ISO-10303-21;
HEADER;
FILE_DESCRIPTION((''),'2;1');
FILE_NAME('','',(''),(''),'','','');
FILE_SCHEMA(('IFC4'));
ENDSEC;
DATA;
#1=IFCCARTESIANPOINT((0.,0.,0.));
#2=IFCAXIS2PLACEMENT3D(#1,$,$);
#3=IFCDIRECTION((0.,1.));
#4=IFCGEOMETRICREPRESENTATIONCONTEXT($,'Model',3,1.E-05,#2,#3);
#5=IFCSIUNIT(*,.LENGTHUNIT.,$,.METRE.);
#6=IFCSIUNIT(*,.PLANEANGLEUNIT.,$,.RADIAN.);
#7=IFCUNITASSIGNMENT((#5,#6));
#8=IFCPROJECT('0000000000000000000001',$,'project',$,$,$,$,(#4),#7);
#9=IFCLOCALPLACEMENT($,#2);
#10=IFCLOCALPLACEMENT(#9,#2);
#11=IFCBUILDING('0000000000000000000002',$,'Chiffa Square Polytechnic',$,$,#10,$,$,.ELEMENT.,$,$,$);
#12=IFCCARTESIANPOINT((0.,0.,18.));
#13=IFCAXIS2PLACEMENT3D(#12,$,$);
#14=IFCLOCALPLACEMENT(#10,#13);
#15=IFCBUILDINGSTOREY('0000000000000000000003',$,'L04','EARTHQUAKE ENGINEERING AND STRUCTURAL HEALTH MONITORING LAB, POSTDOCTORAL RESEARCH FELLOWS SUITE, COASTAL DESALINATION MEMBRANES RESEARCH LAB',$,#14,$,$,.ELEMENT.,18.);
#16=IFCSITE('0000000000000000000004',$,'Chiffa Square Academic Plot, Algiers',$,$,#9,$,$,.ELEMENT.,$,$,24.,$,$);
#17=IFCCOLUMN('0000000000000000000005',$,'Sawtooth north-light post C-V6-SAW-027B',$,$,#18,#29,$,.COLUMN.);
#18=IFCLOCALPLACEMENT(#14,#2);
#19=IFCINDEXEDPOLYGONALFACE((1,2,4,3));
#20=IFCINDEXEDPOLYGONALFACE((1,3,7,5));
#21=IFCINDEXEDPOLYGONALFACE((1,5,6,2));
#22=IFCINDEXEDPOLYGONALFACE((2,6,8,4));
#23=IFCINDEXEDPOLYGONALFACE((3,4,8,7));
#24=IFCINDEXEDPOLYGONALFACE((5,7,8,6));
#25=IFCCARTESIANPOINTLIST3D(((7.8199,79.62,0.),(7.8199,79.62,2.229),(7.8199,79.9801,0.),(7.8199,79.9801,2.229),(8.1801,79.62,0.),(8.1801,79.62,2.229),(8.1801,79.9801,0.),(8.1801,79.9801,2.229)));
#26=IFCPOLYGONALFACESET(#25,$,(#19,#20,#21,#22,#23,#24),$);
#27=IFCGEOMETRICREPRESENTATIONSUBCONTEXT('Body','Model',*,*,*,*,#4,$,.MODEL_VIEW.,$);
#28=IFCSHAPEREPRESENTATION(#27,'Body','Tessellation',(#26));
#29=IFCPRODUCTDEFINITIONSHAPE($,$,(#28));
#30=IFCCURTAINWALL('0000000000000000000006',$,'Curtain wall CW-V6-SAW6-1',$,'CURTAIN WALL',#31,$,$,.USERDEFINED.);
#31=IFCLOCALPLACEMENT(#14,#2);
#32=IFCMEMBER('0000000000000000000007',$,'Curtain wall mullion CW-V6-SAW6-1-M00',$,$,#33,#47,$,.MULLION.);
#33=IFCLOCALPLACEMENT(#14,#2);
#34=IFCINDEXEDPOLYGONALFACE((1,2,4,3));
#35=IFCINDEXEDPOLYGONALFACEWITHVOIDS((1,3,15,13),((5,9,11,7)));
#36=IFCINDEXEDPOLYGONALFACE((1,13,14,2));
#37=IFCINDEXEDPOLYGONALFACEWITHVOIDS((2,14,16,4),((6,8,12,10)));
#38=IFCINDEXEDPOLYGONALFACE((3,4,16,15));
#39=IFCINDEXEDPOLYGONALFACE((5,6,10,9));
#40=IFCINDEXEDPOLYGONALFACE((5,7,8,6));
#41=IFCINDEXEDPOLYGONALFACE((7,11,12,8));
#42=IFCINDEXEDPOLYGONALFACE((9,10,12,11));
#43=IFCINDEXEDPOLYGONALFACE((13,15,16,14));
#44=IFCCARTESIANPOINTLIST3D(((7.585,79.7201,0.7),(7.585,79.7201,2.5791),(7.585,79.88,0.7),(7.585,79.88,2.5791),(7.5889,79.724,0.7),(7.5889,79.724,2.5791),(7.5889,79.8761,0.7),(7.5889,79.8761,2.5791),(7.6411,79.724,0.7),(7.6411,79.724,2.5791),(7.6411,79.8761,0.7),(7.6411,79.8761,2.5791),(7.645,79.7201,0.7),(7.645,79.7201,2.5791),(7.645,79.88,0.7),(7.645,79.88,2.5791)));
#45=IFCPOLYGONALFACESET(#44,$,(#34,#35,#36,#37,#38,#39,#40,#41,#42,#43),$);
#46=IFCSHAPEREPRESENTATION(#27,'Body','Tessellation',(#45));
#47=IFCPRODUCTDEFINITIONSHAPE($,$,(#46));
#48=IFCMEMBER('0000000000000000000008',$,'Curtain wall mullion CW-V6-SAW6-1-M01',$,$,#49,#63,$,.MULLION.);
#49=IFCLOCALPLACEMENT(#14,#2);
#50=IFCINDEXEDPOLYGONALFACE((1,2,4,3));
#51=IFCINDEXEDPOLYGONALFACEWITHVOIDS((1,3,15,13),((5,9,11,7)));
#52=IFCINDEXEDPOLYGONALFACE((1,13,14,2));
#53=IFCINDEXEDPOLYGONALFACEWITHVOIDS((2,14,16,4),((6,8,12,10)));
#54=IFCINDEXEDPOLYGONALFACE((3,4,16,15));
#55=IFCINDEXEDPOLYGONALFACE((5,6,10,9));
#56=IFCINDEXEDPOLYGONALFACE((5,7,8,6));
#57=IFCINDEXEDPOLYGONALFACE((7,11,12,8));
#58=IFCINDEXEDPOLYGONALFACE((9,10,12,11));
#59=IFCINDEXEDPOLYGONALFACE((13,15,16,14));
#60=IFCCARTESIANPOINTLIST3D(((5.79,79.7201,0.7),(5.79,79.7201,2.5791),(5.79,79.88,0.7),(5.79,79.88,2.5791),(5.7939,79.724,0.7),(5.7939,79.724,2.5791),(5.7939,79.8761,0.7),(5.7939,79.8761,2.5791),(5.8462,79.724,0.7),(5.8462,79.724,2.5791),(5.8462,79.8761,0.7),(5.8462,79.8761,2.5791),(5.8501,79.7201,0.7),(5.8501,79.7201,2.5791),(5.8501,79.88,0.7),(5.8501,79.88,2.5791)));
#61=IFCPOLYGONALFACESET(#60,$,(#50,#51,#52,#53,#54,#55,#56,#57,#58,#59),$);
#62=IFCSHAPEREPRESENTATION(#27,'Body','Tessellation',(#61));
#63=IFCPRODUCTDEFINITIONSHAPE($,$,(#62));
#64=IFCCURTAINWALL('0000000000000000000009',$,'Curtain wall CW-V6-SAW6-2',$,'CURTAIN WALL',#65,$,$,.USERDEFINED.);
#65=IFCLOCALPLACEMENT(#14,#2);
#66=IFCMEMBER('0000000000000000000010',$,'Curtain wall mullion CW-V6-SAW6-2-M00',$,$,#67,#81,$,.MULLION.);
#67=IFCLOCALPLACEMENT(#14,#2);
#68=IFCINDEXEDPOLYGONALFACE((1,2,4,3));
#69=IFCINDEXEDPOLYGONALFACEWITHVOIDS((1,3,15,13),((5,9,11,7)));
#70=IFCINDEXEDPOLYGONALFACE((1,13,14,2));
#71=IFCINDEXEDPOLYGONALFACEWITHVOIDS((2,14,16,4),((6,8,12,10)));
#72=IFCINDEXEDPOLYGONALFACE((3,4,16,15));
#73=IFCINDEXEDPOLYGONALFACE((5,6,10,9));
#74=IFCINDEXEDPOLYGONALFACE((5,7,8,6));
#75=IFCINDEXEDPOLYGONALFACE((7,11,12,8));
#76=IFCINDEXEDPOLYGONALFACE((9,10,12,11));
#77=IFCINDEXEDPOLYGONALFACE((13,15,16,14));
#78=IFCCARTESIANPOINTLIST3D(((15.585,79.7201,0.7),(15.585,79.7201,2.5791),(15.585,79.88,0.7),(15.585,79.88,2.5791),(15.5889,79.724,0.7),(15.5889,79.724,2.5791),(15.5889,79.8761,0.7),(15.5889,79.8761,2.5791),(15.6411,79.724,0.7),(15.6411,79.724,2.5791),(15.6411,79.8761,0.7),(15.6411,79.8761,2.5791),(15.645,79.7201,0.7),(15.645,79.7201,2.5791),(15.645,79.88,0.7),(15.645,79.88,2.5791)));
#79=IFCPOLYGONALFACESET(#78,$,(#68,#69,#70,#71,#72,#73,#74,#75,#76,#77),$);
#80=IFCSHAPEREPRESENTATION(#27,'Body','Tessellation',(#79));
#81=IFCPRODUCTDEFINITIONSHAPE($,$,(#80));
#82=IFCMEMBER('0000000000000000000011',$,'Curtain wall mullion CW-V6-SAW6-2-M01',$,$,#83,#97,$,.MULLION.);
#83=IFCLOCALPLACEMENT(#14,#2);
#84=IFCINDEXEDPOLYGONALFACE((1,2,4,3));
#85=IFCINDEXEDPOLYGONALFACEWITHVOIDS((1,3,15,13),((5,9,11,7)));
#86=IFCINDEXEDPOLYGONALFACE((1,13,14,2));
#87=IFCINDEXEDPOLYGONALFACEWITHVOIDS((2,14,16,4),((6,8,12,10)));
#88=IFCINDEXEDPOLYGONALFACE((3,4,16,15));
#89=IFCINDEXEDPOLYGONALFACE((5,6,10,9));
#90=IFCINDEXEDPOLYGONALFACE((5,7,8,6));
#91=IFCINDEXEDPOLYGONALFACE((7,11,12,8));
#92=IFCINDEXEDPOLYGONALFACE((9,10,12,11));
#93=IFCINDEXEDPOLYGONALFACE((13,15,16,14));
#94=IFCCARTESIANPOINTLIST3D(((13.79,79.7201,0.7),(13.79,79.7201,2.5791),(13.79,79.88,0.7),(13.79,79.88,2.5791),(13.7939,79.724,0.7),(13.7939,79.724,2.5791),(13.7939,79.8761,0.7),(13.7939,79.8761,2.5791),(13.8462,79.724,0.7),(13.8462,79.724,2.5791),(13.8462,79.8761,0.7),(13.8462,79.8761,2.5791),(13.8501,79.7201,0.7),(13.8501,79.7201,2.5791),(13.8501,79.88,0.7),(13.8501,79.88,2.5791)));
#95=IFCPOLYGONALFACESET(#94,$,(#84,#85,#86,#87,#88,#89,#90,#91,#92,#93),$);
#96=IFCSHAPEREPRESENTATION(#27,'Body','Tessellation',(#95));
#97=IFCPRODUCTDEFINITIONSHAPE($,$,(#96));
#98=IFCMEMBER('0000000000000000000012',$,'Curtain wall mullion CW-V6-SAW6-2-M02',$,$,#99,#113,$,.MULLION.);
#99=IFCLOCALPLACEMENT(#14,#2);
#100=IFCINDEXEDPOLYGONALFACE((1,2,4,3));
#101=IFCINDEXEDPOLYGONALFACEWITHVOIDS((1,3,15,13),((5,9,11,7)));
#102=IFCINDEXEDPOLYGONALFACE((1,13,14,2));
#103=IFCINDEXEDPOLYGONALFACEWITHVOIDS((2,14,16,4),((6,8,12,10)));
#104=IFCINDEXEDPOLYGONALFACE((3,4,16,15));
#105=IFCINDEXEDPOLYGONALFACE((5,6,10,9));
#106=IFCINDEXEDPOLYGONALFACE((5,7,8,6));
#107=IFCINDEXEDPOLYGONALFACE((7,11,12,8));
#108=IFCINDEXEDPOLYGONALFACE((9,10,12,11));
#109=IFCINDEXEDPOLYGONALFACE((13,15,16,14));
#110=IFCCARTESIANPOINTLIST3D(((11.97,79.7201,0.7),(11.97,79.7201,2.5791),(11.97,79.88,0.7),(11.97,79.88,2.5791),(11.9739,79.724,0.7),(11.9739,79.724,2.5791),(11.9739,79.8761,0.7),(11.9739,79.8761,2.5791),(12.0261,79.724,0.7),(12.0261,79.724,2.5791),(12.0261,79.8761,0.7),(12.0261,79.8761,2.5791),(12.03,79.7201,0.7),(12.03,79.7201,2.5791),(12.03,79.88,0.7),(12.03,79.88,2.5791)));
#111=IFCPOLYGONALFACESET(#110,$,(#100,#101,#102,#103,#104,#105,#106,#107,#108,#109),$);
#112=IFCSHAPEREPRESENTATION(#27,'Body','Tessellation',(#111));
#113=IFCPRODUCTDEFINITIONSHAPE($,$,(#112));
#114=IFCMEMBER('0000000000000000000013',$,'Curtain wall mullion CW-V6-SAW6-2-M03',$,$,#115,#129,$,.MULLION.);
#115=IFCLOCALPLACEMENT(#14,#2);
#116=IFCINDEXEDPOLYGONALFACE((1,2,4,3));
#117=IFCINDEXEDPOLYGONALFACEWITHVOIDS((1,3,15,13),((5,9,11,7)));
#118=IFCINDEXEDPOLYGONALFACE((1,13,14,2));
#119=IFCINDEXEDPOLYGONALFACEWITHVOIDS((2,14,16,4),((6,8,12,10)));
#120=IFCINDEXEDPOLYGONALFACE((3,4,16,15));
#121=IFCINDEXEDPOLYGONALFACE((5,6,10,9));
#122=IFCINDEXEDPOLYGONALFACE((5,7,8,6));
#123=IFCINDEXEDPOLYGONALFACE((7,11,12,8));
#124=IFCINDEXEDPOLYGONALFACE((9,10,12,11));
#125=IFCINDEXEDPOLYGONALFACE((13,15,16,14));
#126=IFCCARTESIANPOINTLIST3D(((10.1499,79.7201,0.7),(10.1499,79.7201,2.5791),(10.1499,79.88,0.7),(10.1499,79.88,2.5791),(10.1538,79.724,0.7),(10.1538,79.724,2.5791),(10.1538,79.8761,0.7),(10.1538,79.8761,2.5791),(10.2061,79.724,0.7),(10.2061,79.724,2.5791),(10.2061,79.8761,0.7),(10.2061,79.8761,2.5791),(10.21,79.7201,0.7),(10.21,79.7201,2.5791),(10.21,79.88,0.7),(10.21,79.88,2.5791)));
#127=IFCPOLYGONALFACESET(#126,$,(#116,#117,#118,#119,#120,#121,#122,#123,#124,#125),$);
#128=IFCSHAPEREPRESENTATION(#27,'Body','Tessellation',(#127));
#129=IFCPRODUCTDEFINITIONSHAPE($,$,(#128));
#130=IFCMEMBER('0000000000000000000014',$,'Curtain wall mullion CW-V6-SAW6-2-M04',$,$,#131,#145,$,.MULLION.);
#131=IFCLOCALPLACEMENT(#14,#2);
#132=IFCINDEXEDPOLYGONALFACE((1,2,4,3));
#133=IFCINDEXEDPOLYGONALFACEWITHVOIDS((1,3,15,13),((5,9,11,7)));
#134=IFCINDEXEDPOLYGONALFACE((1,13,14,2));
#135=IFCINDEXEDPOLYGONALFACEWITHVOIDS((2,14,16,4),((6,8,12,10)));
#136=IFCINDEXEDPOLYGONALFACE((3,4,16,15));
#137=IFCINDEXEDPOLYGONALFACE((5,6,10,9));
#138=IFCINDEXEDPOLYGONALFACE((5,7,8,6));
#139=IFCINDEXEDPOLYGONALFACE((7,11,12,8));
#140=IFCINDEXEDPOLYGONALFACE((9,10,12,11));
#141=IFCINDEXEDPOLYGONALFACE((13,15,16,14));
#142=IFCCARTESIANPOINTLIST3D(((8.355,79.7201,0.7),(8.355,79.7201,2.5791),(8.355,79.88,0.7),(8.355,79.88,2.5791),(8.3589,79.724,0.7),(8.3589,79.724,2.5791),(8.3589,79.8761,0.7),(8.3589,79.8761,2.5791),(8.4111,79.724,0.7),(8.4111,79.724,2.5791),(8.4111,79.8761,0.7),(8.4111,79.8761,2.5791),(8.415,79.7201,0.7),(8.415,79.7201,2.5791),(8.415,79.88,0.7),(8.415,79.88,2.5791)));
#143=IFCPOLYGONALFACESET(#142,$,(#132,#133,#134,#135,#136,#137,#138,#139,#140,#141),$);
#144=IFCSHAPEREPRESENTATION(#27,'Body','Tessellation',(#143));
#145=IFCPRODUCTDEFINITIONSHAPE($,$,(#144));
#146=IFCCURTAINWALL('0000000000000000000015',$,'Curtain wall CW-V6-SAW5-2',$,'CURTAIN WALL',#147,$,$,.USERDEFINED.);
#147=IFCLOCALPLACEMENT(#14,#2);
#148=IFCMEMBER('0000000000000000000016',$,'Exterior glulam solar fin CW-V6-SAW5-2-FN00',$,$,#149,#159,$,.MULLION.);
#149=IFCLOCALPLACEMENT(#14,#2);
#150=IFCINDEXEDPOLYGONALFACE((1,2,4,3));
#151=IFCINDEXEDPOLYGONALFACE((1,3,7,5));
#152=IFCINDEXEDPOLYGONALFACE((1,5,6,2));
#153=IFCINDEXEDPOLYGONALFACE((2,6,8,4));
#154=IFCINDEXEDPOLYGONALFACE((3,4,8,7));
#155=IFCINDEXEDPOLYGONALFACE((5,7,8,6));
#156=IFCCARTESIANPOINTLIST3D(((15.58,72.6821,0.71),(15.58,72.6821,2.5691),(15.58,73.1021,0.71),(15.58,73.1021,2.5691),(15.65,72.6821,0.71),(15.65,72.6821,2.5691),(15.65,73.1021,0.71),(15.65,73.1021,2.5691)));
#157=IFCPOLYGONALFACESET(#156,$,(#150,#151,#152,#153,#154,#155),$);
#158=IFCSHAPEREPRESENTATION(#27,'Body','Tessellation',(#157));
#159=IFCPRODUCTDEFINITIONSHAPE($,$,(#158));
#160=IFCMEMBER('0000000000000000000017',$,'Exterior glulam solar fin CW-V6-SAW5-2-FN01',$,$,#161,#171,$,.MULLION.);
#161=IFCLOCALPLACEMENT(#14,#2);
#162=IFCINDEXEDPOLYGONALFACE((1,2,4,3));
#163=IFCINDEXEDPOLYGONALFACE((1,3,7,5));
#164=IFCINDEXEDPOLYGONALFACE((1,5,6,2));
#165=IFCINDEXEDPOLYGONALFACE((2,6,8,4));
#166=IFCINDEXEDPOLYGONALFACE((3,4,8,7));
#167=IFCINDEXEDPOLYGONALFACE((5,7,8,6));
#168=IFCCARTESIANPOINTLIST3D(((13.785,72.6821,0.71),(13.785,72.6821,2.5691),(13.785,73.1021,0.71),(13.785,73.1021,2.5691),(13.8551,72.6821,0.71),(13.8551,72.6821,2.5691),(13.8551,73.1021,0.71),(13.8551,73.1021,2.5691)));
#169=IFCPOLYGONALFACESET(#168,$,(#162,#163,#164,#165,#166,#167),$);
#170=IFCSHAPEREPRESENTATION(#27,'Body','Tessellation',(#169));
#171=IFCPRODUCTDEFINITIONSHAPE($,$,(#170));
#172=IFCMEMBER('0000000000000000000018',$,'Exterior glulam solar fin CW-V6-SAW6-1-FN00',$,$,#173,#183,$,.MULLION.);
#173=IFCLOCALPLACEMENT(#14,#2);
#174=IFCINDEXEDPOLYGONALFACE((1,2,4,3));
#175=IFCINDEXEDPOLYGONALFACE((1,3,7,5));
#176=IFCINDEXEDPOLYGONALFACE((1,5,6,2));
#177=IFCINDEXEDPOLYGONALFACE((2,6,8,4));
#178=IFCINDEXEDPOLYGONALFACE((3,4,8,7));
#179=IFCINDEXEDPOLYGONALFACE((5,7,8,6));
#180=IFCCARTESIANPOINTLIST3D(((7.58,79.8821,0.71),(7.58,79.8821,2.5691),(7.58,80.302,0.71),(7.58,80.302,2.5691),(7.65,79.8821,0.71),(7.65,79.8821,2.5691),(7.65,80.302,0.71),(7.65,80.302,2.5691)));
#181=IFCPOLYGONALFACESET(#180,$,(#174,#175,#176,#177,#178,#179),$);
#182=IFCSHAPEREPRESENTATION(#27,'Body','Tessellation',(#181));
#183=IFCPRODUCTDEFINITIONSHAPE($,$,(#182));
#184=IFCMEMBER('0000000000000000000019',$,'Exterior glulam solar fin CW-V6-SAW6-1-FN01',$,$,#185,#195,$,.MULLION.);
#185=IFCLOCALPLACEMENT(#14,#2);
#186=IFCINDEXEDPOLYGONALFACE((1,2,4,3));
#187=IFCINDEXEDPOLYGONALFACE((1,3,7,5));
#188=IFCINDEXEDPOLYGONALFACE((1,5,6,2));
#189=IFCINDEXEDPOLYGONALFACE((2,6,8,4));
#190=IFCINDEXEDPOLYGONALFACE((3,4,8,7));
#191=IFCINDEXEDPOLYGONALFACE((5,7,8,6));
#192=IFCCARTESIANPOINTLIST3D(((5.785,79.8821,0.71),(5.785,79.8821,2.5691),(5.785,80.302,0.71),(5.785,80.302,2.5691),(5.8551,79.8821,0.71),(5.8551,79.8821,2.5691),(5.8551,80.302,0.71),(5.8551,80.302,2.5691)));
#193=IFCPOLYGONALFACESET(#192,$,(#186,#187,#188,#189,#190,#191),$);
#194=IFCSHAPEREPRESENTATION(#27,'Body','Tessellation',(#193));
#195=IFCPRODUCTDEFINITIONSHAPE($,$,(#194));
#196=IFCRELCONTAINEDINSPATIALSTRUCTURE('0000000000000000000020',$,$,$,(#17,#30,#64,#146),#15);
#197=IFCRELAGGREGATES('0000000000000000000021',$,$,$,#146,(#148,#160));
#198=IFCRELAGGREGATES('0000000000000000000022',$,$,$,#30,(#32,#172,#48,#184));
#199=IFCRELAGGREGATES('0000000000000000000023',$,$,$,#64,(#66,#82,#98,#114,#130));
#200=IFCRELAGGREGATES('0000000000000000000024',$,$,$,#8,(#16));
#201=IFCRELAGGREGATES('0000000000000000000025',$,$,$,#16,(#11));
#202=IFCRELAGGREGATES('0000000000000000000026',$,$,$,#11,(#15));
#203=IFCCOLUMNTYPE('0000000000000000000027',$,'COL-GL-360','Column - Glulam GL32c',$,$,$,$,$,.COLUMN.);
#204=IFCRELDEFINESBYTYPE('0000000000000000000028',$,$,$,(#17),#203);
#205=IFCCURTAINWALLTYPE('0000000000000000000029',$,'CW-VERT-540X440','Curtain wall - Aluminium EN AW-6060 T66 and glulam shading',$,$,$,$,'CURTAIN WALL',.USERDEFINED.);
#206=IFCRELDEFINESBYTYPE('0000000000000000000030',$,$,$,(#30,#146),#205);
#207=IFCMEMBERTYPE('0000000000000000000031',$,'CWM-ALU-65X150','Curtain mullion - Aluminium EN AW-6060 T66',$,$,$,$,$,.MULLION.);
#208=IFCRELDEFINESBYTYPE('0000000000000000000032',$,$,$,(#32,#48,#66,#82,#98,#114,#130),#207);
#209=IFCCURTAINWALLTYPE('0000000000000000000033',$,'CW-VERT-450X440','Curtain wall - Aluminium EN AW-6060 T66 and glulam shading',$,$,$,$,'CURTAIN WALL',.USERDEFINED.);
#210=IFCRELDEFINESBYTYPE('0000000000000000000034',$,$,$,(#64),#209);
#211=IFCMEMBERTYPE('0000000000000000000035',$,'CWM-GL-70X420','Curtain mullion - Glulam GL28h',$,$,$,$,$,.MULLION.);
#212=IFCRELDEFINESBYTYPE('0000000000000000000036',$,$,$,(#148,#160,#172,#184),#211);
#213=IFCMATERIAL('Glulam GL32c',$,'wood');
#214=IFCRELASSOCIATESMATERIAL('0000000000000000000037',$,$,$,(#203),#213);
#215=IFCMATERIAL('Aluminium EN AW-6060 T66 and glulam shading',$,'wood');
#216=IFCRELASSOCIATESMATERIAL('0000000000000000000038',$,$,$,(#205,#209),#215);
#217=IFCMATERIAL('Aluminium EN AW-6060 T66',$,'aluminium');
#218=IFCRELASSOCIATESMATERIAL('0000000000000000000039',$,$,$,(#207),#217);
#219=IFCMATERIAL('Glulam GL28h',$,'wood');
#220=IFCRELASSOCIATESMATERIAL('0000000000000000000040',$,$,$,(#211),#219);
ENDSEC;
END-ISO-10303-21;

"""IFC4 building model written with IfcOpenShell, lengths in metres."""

from ifc_helpers import new_model, si_unit, direction, frame, origin, origin_2d, place, context, subcontext, project, spatial, rectangle, hollow_rectangle, extrude, material, material_profile, profile_set, type_object, element, aggregate, save


model = new_model("IFC4")

# Units and contexts
model_context = context("Model", 3, precision=1e-05, world=origin(), true_north=direction((0.0, 1.0)))
body_context = subcontext(model_context, "Body", "Model", "MODEL_VIEW")
ifc_project = project(units=[si_unit("LENGTHUNIT", "METRE"), si_unit("PLANEANGLEUNIT", "RADIAN")], contexts=[model_context])

# Site, building, storey
site_placement = place(None, origin())
site = spatial("IfcSite", under=ifc_project, at=site_placement, Name="Chiffa Square Academic Plot, Algiers", CompositionType="ELEMENT", RefElevation=24.0)
building_placement = place(site_placement, origin())
building = spatial("IfcBuilding", under=site, at=building_placement, Name="Chiffa Square Polytechnic", CompositionType="ELEMENT")
storey_placement = place(building_placement, frame((0.0, 0.0, 18.0)))
storey = spatial("IfcBuildingStorey", under=building, at=storey_placement, Name="L04", Description="EARTHQUAKE ENGINEERING AND STRUCTURAL HEALTH MONITORING LAB, POSTDOCTORAL RESEARCH FELLOWS SUITE, COASTAL DESALINATION MEMBRANES RESEARCH LAB", CompositionType="ELEMENT", Elevation=18.0)

# Column
ifc_material_1 = material(Name="Glulam GL32c", Category="wood")
ifc_material_profile_1 = material_profile(ifc_material_1, rectangle(XDim=0.3601, YDim=0.3601, at=origin_2d()), Name="GL32c 360x360")
ifc_profile_set_1 = profile_set([ifc_material_profile_1], Name="Glulam GL32c")
column_type = type_object("IfcColumnType", Name="COL-GL-360", Description="Column - Glulam GL32c", PredefinedType="COLUMN", material=ifc_profile_set_1)
column_placement = place(storey_placement, frame((8.0, 79.8, 0.0), z_axis=(0.0, 0.0, 1.0), x_axis=(1.0, 0.0, 0.0)))
element("IfcColumn", 1, at=column_placement, inside=storey, type_object=column_type, Name="Sawtooth north-light post C-V6-SAW-027B", PredefinedType="COLUMN", context=body_context, shape_type="SweptSolid", body=[
    extrude(rectangle(XDim=0.3601, YDim=0.3601, at=origin_2d()), origin(), (0.0, 0.0, 1.0), 2.229),
])

# Curtain walls, members
ifc_material_2 = material(Name="Aluminium EN AW-6060 T66 and glulam shading", Category="wood")
curtain_wall_type_1 = type_object("IfcCurtainWallType", Name="CW-VERT-540X440", Description="Curtain wall - Aluminium EN AW-6060 T66 and glulam shading", ElementType="CURTAIN WALL", PredefinedType="USERDEFINED", material=ifc_material_2)
curtain_wall_1_placement = place(storey_placement, origin())
curtain_wall_1 = element("IfcCurtainWall", 2, at=curtain_wall_1_placement, inside=storey, type_object=curtain_wall_type_1, Name="Curtain wall CW-V6-SAW6-1", ObjectType="CURTAIN WALL", PredefinedType="USERDEFINED")
ifc_material_3 = material(Name="Aluminium EN AW-6060 T66", Category="aluminium")
ifc_material_profile_2 = material_profile(ifc_material_3, hollow_rectangle(XDim=0.0601, YDim=0.1599, WallThickness=0.0039, at=origin_2d()), Name="ALU 60x160x4")
ifc_profile_set_2 = profile_set([ifc_material_profile_2], Name="Aluminium EN AW-6060 T66")
member_type_1 = type_object("IfcMemberType", Name="CWM-ALU-65X150", Description="Curtain mullion - Aluminium EN AW-6060 T66", PredefinedType="MULLION", material=ifc_profile_set_2)
member_1_placement = place(storey_placement, frame((7.615, 79.8, 0.7), z_axis=(0.0, 0.0, 1.0), x_axis=(1.0, 0.0, 0.0)))
member_1 = element("IfcMember", 3, at=member_1_placement, type_object=member_type_1, Name="Curtain wall mullion CW-V6-SAW6-1-M00", PredefinedType="MULLION", context=body_context, shape_type="SweptSolid", body=[
    extrude(hollow_rectangle(XDim=0.0601, YDim=0.1599, WallThickness=0.0039, at=origin_2d()), origin(), (0.0, 0.0, 1.0), 1.8792),
])
member_2_placement = place(storey_placement, frame((5.8201, 79.8, 0.7), z_axis=(0.0, 0.0, 1.0), x_axis=(1.0, 0.0, 0.0)))
member_2 = element("IfcMember", 4, at=member_2_placement, type_object=member_type_1, Name="Curtain wall mullion CW-V6-SAW6-1-M01", PredefinedType="MULLION", context=body_context, shape_type="SweptSolid", body=[
    extrude(hollow_rectangle(XDim=0.0601, YDim=0.1599, WallThickness=0.0039, at=origin_2d()), origin(), (0.0, 0.0, 1.0), 1.8792),
])
curtain_wall_type_2 = type_object("IfcCurtainWallType", Name="CW-VERT-450X440", Description="Curtain wall - Aluminium EN AW-6060 T66 and glulam shading", ElementType="CURTAIN WALL", PredefinedType="USERDEFINED", material=ifc_material_2)
curtain_wall_2_placement = place(storey_placement, origin())
curtain_wall_2 = element("IfcCurtainWall", 5, at=curtain_wall_2_placement, inside=storey, type_object=curtain_wall_type_2, Name="Curtain wall CW-V6-SAW6-2", ObjectType="CURTAIN WALL", PredefinedType="USERDEFINED")
member_3_placement = place(storey_placement, frame((15.615, 79.8, 0.7), z_axis=(0.0, 0.0, 1.0), x_axis=(1.0, 0.0, 0.0)))
member_3 = element("IfcMember", 6, at=member_3_placement, type_object=member_type_1, Name="Curtain wall mullion CW-V6-SAW6-2-M00", PredefinedType="MULLION", context=body_context, shape_type="SweptSolid", body=[
    extrude(hollow_rectangle(XDim=0.0601, YDim=0.1599, WallThickness=0.0039, at=origin_2d()), origin(), (0.0, 0.0, 1.0), 1.8792),
])
member_4_placement = place(storey_placement, frame((13.8201, 79.8, 0.7), z_axis=(0.0, 0.0, 1.0), x_axis=(1.0, 0.0, 0.0)))
member_4 = element("IfcMember", 7, at=member_4_placement, type_object=member_type_1, Name="Curtain wall mullion CW-V6-SAW6-2-M01", PredefinedType="MULLION", context=body_context, shape_type="SweptSolid", body=[
    extrude(hollow_rectangle(XDim=0.0601, YDim=0.1599, WallThickness=0.0039, at=origin_2d()), origin(), (0.0, 0.0, 1.0), 1.8792),
])
member_5_placement = place(storey_placement, frame((12.0, 79.8, 0.7), z_axis=(0.0, 0.0, 1.0), x_axis=(1.0, 0.0, 0.0)))
member_5 = element("IfcMember", 8, at=member_5_placement, type_object=member_type_1, Name="Curtain wall mullion CW-V6-SAW6-2-M02", PredefinedType="MULLION", context=body_context, shape_type="SweptSolid", body=[
    extrude(hollow_rectangle(XDim=0.0601, YDim=0.1599, WallThickness=0.0039, at=origin_2d()), origin(), (0.0, 0.0, 1.0), 1.8792),
])
member_6_placement = place(storey_placement, frame((10.1799, 79.8, 0.7), z_axis=(0.0, 0.0, 1.0), x_axis=(1.0, 0.0, 0.0)))
member_6 = element("IfcMember", 9, at=member_6_placement, type_object=member_type_1, Name="Curtain wall mullion CW-V6-SAW6-2-M03", PredefinedType="MULLION", context=body_context, shape_type="SweptSolid", body=[
    extrude(hollow_rectangle(XDim=0.0601, YDim=0.1599, WallThickness=0.0039, at=origin_2d()), origin(), (0.0, 0.0, 1.0), 1.8792),
])
member_7_placement = place(storey_placement, frame((8.385, 79.8, 0.7), z_axis=(0.0, 0.0, 1.0), x_axis=(1.0, 0.0, 0.0)))
member_7 = element("IfcMember", 10, at=member_7_placement, type_object=member_type_1, Name="Curtain wall mullion CW-V6-SAW6-2-M04", PredefinedType="MULLION", context=body_context, shape_type="SweptSolid", body=[
    extrude(hollow_rectangle(XDim=0.0601, YDim=0.1599, WallThickness=0.0039, at=origin_2d()), origin(), (0.0, 0.0, 1.0), 1.8792),
])
curtain_wall_3_placement = place(storey_placement, origin())
curtain_wall_3 = element("IfcCurtainWall", 11, at=curtain_wall_3_placement, inside=storey, type_object=curtain_wall_type_1, Name="Curtain wall CW-V6-SAW5-2", ObjectType="CURTAIN WALL", PredefinedType="USERDEFINED")
ifc_material_4 = material(Name="Glulam GL28h", Category="wood")
ifc_material_profile_3 = material_profile(ifc_material_4, rectangle(XDim=0.0701, YDim=0.4199, at=origin_2d()), Name="GL28h 70x420")
ifc_profile_set_3 = profile_set([ifc_material_profile_3], Name="Glulam GL28h")
member_type_2 = type_object("IfcMemberType", Name="CWM-GL-70X420", Description="Curtain mullion - Glulam GL28h", PredefinedType="MULLION", material=ifc_profile_set_3)
member_8_placement = place(storey_placement, frame((15.615, 72.8921, 0.71), z_axis=(0.0, 0.0, 1.0), x_axis=(-1.0, 0.0, 0.0)))
member_8 = element("IfcMember", 12, at=member_8_placement, type_object=member_type_2, Name="Exterior glulam solar fin CW-V6-SAW5-2-FN00", PredefinedType="MULLION", context=body_context, shape_type="SweptSolid", body=[
    extrude(rectangle(XDim=0.0701, YDim=0.4199, at=origin_2d()), origin(), (0.0, 0.0, 1.0), 1.8591),
])
member_9_placement = place(storey_placement, frame((13.8201, 72.8921, 0.71), z_axis=(0.0, 0.0, 1.0), x_axis=(-1.0, 0.0, 0.0)))
member_9 = element("IfcMember", 13, at=member_9_placement, type_object=member_type_2, Name="Exterior glulam solar fin CW-V6-SAW5-2-FN01", PredefinedType="MULLION", context=body_context, shape_type="SweptSolid", body=[
    extrude(rectangle(XDim=0.0701, YDim=0.4199, at=origin_2d()), origin(), (0.0, 0.0, 1.0), 1.8591),
])
aggregate(curtain_wall_3, [member_8, member_9])

# Members
member_10_placement = place(storey_placement, frame((7.615, 80.092, 0.71), z_axis=(0.0, 0.0, 1.0), x_axis=(-1.0, 0.0, 0.0)))
member_10 = element("IfcMember", 14, at=member_10_placement, type_object=member_type_2, Name="Exterior glulam solar fin CW-V6-SAW6-1-FN00", PredefinedType="MULLION", context=body_context, shape_type="SweptSolid", body=[
    extrude(rectangle(XDim=0.0701, YDim=0.4199, at=origin_2d()), origin(), (0.0, 0.0, 1.0), 1.8591),
])
member_11_placement = place(storey_placement, frame((5.8201, 80.092, 0.71), z_axis=(0.0, 0.0, 1.0), x_axis=(-1.0, 0.0, 0.0)))
member_11 = element("IfcMember", 15, at=member_11_placement, type_object=member_type_2, Name="Exterior glulam solar fin CW-V6-SAW6-1-FN01", PredefinedType="MULLION", context=body_context, shape_type="SweptSolid", body=[
    extrude(rectangle(XDim=0.0701, YDim=0.4199, at=origin_2d()), origin(), (0.0, 0.0, 1.0), 1.8591),
])

aggregate(curtain_wall_1, [member_1, member_10, member_2, member_11])
aggregate(curtain_wall_2, [member_3, member_4, member_5, member_6, member_7])

save(model, "model.ifc")
